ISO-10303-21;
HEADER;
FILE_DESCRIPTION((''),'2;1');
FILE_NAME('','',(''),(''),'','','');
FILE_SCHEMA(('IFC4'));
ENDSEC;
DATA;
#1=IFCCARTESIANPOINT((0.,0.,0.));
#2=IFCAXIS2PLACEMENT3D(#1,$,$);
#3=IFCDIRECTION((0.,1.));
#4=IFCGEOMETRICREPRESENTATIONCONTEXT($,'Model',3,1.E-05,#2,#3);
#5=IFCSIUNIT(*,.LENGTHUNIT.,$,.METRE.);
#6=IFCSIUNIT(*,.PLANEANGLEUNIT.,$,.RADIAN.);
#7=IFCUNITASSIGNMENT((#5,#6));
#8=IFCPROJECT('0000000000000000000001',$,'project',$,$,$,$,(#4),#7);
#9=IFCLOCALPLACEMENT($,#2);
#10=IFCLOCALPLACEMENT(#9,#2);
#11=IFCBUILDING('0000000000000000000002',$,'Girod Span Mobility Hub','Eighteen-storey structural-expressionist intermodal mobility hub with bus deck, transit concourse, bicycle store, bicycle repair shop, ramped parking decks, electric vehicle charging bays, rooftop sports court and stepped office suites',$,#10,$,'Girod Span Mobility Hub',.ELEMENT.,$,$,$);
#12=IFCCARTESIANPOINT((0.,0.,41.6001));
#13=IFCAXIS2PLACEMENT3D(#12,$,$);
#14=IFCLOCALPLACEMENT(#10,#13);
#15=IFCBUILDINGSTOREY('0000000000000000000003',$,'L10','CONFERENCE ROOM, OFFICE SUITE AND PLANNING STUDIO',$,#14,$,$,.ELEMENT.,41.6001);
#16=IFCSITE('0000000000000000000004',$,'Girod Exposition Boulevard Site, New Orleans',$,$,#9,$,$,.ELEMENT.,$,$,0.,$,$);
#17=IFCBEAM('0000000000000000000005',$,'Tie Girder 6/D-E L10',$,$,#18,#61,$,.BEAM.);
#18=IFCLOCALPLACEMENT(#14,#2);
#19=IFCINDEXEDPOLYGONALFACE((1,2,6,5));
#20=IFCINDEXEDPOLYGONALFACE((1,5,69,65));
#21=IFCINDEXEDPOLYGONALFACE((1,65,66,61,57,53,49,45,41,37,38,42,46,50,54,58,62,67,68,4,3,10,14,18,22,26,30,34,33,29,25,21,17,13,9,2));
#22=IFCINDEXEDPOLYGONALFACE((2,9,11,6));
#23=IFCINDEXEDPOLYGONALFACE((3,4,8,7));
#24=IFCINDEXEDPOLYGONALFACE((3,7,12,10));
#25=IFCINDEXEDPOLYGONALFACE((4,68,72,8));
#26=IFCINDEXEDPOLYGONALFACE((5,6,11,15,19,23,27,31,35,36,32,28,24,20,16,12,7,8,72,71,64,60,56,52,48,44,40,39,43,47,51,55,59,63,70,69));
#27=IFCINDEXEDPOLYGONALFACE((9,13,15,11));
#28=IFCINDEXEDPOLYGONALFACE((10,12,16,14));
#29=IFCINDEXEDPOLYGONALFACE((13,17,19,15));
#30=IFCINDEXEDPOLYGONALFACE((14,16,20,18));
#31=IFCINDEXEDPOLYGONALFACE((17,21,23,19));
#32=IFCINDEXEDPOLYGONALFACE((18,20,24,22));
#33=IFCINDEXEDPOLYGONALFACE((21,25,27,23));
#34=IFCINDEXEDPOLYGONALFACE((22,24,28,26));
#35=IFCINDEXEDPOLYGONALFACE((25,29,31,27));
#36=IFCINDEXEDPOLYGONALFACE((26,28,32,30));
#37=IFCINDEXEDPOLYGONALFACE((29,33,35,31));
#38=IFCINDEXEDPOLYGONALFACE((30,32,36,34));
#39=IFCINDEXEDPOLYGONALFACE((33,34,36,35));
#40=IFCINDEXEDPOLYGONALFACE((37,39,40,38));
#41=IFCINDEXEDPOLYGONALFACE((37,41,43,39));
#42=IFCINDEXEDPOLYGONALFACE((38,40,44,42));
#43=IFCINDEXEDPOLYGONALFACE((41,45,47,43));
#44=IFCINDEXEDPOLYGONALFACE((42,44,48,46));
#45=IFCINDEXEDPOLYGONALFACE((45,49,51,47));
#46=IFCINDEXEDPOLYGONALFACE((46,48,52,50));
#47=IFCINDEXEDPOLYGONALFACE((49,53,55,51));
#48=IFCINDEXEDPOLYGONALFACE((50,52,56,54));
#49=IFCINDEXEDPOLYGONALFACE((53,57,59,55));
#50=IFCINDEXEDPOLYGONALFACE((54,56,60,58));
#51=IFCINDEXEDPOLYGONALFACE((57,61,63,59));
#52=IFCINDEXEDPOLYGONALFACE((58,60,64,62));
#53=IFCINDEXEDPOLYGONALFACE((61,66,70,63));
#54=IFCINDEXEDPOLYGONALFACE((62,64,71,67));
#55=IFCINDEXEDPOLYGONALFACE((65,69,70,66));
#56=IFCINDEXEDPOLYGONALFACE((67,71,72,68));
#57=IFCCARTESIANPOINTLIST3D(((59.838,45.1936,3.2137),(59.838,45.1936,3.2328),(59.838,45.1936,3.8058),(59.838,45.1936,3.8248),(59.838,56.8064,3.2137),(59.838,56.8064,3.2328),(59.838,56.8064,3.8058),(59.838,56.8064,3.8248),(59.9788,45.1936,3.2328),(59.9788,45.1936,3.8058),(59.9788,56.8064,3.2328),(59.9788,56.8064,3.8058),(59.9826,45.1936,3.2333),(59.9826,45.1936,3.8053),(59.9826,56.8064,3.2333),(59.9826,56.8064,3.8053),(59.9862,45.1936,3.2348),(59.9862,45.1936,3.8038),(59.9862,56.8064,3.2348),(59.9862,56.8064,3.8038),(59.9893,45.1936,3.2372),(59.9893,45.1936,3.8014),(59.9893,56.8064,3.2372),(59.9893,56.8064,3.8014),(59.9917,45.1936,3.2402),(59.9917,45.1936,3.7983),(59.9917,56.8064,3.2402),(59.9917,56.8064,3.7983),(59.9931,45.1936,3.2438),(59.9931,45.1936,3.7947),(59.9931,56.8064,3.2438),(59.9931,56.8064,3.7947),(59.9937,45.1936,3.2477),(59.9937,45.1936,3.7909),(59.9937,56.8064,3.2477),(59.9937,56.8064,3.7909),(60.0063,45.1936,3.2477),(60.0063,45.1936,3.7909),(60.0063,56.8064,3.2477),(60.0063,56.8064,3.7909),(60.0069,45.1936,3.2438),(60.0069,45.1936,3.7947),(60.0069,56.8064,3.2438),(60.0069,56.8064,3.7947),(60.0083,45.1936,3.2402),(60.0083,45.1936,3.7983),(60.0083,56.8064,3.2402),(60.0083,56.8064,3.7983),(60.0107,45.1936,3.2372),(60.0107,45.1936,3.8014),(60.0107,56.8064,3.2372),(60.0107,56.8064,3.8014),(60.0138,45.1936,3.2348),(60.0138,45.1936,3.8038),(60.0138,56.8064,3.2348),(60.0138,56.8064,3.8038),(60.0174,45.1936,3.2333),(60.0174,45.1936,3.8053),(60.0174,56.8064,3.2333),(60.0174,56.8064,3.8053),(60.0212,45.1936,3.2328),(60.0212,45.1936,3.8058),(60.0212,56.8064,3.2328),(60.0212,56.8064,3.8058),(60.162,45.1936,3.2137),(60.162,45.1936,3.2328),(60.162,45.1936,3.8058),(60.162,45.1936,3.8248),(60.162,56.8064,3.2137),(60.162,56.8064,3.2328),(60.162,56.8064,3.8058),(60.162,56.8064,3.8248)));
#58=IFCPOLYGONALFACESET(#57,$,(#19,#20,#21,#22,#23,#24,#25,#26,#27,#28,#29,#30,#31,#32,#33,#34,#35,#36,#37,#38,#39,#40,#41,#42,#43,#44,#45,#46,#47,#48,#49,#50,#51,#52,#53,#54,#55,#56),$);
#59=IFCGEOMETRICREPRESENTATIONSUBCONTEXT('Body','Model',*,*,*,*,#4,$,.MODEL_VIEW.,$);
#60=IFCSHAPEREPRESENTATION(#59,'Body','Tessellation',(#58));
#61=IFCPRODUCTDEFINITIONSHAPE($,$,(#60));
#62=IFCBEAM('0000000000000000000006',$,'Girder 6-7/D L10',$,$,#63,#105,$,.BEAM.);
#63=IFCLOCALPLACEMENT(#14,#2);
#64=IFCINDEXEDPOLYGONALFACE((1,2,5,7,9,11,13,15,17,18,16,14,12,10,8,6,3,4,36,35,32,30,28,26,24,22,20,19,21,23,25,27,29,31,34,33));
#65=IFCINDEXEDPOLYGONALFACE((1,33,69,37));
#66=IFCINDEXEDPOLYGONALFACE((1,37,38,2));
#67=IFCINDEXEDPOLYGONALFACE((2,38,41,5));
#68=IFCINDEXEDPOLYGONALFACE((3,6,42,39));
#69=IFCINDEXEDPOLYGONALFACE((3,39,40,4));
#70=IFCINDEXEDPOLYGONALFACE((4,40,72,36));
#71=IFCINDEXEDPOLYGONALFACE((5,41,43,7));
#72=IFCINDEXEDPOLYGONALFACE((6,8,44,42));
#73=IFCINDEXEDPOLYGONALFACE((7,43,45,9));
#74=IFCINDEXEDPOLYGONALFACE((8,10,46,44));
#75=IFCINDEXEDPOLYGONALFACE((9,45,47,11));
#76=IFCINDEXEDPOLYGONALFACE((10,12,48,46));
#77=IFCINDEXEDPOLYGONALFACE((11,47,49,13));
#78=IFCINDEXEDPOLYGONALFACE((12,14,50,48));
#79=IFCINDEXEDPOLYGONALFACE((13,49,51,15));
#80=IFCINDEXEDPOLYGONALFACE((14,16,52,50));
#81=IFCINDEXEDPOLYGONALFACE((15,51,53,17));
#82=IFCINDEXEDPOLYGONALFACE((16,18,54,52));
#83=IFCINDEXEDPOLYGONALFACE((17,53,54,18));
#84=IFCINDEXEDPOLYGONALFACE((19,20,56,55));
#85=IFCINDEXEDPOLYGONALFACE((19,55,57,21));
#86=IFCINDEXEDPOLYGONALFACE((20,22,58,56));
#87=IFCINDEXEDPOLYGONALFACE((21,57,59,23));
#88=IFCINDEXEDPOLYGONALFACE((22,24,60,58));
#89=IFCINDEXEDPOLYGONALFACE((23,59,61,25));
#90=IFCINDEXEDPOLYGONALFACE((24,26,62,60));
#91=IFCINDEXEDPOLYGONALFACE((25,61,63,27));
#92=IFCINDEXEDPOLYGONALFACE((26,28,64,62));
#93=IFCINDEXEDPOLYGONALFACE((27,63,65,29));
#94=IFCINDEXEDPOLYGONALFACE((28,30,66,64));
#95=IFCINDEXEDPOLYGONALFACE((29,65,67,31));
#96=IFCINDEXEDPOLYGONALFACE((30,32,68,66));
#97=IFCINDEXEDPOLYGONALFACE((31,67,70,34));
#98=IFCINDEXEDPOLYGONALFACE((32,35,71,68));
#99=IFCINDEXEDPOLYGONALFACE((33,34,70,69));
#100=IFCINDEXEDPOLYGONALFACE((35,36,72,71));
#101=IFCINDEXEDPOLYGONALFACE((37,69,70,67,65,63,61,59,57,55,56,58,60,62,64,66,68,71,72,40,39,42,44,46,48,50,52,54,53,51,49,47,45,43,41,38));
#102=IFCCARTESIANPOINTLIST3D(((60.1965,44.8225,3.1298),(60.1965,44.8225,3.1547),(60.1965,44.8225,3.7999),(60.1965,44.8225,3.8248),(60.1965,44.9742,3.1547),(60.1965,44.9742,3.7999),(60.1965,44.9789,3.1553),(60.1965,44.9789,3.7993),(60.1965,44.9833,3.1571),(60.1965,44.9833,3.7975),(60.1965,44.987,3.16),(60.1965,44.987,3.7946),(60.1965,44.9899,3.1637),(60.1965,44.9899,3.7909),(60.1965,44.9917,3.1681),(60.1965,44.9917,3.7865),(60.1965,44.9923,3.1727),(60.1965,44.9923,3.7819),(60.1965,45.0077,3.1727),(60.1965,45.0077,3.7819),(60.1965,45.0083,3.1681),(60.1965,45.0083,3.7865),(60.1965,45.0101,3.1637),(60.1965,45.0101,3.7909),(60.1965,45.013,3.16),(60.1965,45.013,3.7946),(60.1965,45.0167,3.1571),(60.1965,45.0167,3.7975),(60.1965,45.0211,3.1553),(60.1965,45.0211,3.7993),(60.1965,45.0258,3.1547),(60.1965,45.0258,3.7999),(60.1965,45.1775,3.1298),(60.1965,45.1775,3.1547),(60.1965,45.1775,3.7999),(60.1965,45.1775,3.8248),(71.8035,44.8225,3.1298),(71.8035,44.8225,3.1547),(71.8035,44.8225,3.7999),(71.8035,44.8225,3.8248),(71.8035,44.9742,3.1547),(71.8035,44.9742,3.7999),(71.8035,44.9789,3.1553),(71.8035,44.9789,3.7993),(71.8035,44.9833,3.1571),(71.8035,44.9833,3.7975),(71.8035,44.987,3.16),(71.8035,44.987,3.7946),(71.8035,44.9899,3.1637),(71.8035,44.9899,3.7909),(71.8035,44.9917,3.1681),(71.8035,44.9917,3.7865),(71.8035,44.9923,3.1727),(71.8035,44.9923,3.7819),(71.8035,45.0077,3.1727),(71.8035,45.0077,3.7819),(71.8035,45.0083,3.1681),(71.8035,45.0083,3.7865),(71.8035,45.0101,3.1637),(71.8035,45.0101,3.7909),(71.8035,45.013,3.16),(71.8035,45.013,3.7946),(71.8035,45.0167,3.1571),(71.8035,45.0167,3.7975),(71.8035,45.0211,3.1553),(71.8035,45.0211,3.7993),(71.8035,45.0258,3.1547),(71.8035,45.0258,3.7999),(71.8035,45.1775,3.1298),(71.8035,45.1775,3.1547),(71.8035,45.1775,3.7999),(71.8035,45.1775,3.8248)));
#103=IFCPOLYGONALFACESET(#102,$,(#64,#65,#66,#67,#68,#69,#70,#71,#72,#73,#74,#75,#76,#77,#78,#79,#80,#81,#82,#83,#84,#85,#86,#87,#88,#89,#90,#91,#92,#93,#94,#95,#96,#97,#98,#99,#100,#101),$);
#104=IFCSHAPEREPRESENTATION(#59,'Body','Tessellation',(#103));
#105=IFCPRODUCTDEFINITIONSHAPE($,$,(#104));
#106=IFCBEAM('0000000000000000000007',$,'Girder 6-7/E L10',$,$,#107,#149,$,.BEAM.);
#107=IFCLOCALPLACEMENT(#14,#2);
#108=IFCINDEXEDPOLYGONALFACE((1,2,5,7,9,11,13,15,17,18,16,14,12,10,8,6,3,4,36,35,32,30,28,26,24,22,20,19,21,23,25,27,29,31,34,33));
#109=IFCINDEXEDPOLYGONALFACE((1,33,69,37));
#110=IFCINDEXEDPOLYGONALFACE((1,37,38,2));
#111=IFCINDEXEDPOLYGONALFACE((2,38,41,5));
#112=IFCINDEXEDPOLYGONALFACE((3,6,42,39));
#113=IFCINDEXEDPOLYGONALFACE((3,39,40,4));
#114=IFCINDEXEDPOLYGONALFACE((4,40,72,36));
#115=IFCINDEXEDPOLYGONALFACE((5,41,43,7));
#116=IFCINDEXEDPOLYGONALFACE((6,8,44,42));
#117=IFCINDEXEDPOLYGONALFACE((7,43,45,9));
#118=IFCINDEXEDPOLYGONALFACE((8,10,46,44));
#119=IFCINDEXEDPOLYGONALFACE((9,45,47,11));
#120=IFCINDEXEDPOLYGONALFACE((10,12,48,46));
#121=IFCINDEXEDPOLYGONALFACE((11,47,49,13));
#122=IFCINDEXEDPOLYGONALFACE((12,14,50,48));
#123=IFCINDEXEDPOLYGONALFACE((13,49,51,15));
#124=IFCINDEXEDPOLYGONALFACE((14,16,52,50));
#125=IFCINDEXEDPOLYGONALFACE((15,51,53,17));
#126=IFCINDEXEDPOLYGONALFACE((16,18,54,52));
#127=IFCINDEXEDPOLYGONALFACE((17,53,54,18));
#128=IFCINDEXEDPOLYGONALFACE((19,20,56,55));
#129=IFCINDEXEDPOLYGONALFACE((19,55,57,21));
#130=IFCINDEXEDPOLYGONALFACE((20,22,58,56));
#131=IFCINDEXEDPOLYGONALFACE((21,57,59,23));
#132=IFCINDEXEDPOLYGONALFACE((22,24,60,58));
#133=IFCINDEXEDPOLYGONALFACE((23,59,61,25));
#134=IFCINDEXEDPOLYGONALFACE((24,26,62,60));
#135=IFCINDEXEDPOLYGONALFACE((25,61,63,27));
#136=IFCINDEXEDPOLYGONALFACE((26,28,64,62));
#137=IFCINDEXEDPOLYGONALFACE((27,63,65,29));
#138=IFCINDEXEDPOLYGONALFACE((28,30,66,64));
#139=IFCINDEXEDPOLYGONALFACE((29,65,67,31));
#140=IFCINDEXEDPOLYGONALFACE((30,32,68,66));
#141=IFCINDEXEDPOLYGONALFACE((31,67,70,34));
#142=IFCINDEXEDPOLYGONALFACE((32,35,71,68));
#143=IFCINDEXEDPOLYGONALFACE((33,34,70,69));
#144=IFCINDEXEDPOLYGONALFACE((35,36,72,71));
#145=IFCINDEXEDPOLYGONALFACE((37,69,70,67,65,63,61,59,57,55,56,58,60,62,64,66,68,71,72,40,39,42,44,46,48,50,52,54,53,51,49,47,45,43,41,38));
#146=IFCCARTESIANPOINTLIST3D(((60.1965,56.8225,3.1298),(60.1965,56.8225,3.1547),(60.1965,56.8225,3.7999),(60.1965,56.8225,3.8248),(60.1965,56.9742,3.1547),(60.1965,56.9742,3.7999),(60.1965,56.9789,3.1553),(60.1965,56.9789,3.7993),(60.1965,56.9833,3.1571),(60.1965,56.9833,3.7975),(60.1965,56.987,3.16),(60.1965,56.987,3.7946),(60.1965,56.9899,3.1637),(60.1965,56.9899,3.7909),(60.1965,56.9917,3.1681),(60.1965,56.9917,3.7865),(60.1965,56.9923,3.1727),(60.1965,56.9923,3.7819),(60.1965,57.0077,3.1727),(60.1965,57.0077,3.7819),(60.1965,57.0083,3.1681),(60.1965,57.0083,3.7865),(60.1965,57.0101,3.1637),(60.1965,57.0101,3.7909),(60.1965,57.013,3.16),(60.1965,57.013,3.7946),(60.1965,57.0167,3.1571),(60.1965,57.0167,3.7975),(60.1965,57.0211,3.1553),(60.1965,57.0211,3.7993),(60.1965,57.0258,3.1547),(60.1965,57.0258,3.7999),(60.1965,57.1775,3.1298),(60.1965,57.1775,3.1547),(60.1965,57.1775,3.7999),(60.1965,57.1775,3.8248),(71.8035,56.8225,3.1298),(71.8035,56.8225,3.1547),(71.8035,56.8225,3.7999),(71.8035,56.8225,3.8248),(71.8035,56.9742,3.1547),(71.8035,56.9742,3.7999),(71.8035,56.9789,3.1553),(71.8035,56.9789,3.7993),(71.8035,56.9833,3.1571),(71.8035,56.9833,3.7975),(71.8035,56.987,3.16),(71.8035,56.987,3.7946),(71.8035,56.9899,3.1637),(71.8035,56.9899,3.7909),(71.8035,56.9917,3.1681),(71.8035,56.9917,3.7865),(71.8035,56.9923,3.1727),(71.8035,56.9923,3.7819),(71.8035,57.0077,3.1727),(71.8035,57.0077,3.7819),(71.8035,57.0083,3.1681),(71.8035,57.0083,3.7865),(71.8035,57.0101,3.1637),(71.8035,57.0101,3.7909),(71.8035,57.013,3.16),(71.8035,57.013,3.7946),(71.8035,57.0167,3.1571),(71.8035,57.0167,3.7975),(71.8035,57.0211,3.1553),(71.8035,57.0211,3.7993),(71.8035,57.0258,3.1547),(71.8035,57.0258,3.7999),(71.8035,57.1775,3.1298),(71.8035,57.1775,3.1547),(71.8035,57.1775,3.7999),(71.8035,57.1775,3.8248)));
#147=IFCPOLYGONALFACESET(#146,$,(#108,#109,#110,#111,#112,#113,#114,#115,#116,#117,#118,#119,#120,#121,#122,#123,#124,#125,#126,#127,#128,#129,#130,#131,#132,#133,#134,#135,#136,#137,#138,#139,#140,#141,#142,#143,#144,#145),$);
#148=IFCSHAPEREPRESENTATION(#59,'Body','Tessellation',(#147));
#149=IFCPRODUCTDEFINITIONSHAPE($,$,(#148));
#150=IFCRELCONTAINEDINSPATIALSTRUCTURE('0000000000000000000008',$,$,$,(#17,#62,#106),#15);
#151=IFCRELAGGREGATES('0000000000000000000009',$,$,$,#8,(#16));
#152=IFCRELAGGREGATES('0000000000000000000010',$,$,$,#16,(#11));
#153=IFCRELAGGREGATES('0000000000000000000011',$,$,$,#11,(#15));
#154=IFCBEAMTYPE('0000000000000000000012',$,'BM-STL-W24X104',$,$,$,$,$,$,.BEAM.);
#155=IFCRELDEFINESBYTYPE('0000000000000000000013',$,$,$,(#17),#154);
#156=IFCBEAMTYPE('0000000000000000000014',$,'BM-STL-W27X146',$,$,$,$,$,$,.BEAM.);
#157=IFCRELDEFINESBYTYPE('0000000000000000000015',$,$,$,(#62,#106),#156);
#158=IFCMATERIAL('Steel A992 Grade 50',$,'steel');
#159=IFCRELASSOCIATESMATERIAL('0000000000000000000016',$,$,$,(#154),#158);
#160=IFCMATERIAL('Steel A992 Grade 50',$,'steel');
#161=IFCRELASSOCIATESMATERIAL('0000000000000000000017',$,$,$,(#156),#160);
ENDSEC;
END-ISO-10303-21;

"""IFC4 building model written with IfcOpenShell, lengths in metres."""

from ifc_helpers import new_model, si_unit, direction, frame, origin, origin_2d, place, context, subcontext, project, spatial, i_section, extrude, material, material_profile, profile_set, type_object, element, save


model = new_model("IFC4")

# Units and contexts
model_context = context("Model", 3, precision=1e-05, world=origin(), true_north=direction((0.0, 1.0)))
body_context = subcontext(model_context, "Body", "Model", "MODEL_VIEW")
ifc_project = project(units=[si_unit("LENGTHUNIT", "METRE"), si_unit("PLANEANGLEUNIT", "RADIAN")], contexts=[model_context])

# Site, building, storey
site_placement = place(None, origin())
site = spatial("IfcSite", under=ifc_project, at=site_placement, Name="Girod Exposition Boulevard Site, New Orleans", CompositionType="ELEMENT", RefElevation=0.0)
building_placement = place(site_placement, origin())
building = spatial("IfcBuilding", under=site, at=building_placement, Name="Girod Span Mobility Hub", Description="Eighteen-storey structural-expressionist intermodal mobility hub with bus deck, transit concourse, bicycle store, bicycle repair shop, ramped parking decks, electric vehicle charging bays, rooftop sports court and stepped office suites", LongName="Girod Span Mobility Hub", CompositionType="ELEMENT")
storey_placement = place(building_placement, frame((0.0, 0.0, 41.6001)))
storey = spatial("IfcBuildingStorey", under=building, at=storey_placement, Name="L10", Description="CONFERENCE ROOM, OFFICE SUITE AND PLANNING STUDIO", CompositionType="ELEMENT", Elevation=41.6001)

# Beams
ifc_material_1 = material(Name="Steel A992 Grade 50", Category="steel")
ifc_material_profile_1 = material_profile(ifc_material_1, i_section(OverallWidth=0.324, OverallDepth=0.6111, WebThickness=0.0127, FlangeThickness=0.019, FilletRadius=0.0149, at=origin_2d()), Name="W24X104")
ifc_profile_set_1 = profile_set([ifc_material_profile_1], Name="Steel A992 Grade 50")
beam_type_1 = type_object("IfcBeamType", Name="BM-STL-W24X104", PredefinedType="BEAM", material=ifc_profile_set_1)
beam_1_placement = place(storey_placement, frame((60.0, 45.1936, 3.5193), z_axis=(0.0, 1.0, 0.0), x_axis=(-1.0, 0.0, 0.0)))
element("IfcBeam", 1, at=beam_1_placement, inside=storey, type_object=beam_type_1, Name="Tie Girder 6/D-E L10", PredefinedType="BEAM", context=body_context, shape_type="SweptSolid", body=[
    extrude(i_section(OverallWidth=0.324, OverallDepth=0.6111, WebThickness=0.0127, FlangeThickness=0.019, FilletRadius=0.0149, at=origin_2d()), origin(), (0.0, 0.0, 1.0), 11.6128),
])
ifc_material_2 = material(Name="Steel A992 Grade 50", Category="steel")
ifc_material_profile_2 = material_profile(ifc_material_2, i_section(OverallWidth=0.355, OverallDepth=0.6951, WebThickness=0.0154, FlangeThickness=0.0249, FilletRadius=0.0181, at=origin_2d()), Name="W27X146")
ifc_profile_set_2 = profile_set([ifc_material_profile_2], Name="Steel A992 Grade 50")
beam_type_2 = type_object("IfcBeamType", Name="BM-STL-W27X146", PredefinedType="BEAM", material=ifc_profile_set_2)
for number, where, z_axis, x_axis, name in (
    (2, (60.1965, 45.0, 3.4773), (1.0, 0.0, 0.0), (0.0, 1.0, 0.0), "Girder 6-7/D L10"),
    (3, (60.1965, 57.0, 3.4773), (1.0, 0.0, 0.0), (0.0, 1.0, 0.0), "Girder 6-7/E L10"),
):
    element("IfcBeam", number, at=place(storey_placement, frame(where, z_axis=z_axis, x_axis=x_axis)), inside=storey, type_object=beam_type_2, Name=name, PredefinedType="BEAM", context=body_context, shape_type="SweptSolid", body=[
        extrude(i_section(OverallWidth=0.355, OverallDepth=0.6951, WebThickness=0.0154, FlangeThickness=0.0249, FilletRadius=0.0181, at=origin_2d()), origin(), (0.0, 0.0, 1.0), 11.6069),
    ])

save(model, "model.ifc")
